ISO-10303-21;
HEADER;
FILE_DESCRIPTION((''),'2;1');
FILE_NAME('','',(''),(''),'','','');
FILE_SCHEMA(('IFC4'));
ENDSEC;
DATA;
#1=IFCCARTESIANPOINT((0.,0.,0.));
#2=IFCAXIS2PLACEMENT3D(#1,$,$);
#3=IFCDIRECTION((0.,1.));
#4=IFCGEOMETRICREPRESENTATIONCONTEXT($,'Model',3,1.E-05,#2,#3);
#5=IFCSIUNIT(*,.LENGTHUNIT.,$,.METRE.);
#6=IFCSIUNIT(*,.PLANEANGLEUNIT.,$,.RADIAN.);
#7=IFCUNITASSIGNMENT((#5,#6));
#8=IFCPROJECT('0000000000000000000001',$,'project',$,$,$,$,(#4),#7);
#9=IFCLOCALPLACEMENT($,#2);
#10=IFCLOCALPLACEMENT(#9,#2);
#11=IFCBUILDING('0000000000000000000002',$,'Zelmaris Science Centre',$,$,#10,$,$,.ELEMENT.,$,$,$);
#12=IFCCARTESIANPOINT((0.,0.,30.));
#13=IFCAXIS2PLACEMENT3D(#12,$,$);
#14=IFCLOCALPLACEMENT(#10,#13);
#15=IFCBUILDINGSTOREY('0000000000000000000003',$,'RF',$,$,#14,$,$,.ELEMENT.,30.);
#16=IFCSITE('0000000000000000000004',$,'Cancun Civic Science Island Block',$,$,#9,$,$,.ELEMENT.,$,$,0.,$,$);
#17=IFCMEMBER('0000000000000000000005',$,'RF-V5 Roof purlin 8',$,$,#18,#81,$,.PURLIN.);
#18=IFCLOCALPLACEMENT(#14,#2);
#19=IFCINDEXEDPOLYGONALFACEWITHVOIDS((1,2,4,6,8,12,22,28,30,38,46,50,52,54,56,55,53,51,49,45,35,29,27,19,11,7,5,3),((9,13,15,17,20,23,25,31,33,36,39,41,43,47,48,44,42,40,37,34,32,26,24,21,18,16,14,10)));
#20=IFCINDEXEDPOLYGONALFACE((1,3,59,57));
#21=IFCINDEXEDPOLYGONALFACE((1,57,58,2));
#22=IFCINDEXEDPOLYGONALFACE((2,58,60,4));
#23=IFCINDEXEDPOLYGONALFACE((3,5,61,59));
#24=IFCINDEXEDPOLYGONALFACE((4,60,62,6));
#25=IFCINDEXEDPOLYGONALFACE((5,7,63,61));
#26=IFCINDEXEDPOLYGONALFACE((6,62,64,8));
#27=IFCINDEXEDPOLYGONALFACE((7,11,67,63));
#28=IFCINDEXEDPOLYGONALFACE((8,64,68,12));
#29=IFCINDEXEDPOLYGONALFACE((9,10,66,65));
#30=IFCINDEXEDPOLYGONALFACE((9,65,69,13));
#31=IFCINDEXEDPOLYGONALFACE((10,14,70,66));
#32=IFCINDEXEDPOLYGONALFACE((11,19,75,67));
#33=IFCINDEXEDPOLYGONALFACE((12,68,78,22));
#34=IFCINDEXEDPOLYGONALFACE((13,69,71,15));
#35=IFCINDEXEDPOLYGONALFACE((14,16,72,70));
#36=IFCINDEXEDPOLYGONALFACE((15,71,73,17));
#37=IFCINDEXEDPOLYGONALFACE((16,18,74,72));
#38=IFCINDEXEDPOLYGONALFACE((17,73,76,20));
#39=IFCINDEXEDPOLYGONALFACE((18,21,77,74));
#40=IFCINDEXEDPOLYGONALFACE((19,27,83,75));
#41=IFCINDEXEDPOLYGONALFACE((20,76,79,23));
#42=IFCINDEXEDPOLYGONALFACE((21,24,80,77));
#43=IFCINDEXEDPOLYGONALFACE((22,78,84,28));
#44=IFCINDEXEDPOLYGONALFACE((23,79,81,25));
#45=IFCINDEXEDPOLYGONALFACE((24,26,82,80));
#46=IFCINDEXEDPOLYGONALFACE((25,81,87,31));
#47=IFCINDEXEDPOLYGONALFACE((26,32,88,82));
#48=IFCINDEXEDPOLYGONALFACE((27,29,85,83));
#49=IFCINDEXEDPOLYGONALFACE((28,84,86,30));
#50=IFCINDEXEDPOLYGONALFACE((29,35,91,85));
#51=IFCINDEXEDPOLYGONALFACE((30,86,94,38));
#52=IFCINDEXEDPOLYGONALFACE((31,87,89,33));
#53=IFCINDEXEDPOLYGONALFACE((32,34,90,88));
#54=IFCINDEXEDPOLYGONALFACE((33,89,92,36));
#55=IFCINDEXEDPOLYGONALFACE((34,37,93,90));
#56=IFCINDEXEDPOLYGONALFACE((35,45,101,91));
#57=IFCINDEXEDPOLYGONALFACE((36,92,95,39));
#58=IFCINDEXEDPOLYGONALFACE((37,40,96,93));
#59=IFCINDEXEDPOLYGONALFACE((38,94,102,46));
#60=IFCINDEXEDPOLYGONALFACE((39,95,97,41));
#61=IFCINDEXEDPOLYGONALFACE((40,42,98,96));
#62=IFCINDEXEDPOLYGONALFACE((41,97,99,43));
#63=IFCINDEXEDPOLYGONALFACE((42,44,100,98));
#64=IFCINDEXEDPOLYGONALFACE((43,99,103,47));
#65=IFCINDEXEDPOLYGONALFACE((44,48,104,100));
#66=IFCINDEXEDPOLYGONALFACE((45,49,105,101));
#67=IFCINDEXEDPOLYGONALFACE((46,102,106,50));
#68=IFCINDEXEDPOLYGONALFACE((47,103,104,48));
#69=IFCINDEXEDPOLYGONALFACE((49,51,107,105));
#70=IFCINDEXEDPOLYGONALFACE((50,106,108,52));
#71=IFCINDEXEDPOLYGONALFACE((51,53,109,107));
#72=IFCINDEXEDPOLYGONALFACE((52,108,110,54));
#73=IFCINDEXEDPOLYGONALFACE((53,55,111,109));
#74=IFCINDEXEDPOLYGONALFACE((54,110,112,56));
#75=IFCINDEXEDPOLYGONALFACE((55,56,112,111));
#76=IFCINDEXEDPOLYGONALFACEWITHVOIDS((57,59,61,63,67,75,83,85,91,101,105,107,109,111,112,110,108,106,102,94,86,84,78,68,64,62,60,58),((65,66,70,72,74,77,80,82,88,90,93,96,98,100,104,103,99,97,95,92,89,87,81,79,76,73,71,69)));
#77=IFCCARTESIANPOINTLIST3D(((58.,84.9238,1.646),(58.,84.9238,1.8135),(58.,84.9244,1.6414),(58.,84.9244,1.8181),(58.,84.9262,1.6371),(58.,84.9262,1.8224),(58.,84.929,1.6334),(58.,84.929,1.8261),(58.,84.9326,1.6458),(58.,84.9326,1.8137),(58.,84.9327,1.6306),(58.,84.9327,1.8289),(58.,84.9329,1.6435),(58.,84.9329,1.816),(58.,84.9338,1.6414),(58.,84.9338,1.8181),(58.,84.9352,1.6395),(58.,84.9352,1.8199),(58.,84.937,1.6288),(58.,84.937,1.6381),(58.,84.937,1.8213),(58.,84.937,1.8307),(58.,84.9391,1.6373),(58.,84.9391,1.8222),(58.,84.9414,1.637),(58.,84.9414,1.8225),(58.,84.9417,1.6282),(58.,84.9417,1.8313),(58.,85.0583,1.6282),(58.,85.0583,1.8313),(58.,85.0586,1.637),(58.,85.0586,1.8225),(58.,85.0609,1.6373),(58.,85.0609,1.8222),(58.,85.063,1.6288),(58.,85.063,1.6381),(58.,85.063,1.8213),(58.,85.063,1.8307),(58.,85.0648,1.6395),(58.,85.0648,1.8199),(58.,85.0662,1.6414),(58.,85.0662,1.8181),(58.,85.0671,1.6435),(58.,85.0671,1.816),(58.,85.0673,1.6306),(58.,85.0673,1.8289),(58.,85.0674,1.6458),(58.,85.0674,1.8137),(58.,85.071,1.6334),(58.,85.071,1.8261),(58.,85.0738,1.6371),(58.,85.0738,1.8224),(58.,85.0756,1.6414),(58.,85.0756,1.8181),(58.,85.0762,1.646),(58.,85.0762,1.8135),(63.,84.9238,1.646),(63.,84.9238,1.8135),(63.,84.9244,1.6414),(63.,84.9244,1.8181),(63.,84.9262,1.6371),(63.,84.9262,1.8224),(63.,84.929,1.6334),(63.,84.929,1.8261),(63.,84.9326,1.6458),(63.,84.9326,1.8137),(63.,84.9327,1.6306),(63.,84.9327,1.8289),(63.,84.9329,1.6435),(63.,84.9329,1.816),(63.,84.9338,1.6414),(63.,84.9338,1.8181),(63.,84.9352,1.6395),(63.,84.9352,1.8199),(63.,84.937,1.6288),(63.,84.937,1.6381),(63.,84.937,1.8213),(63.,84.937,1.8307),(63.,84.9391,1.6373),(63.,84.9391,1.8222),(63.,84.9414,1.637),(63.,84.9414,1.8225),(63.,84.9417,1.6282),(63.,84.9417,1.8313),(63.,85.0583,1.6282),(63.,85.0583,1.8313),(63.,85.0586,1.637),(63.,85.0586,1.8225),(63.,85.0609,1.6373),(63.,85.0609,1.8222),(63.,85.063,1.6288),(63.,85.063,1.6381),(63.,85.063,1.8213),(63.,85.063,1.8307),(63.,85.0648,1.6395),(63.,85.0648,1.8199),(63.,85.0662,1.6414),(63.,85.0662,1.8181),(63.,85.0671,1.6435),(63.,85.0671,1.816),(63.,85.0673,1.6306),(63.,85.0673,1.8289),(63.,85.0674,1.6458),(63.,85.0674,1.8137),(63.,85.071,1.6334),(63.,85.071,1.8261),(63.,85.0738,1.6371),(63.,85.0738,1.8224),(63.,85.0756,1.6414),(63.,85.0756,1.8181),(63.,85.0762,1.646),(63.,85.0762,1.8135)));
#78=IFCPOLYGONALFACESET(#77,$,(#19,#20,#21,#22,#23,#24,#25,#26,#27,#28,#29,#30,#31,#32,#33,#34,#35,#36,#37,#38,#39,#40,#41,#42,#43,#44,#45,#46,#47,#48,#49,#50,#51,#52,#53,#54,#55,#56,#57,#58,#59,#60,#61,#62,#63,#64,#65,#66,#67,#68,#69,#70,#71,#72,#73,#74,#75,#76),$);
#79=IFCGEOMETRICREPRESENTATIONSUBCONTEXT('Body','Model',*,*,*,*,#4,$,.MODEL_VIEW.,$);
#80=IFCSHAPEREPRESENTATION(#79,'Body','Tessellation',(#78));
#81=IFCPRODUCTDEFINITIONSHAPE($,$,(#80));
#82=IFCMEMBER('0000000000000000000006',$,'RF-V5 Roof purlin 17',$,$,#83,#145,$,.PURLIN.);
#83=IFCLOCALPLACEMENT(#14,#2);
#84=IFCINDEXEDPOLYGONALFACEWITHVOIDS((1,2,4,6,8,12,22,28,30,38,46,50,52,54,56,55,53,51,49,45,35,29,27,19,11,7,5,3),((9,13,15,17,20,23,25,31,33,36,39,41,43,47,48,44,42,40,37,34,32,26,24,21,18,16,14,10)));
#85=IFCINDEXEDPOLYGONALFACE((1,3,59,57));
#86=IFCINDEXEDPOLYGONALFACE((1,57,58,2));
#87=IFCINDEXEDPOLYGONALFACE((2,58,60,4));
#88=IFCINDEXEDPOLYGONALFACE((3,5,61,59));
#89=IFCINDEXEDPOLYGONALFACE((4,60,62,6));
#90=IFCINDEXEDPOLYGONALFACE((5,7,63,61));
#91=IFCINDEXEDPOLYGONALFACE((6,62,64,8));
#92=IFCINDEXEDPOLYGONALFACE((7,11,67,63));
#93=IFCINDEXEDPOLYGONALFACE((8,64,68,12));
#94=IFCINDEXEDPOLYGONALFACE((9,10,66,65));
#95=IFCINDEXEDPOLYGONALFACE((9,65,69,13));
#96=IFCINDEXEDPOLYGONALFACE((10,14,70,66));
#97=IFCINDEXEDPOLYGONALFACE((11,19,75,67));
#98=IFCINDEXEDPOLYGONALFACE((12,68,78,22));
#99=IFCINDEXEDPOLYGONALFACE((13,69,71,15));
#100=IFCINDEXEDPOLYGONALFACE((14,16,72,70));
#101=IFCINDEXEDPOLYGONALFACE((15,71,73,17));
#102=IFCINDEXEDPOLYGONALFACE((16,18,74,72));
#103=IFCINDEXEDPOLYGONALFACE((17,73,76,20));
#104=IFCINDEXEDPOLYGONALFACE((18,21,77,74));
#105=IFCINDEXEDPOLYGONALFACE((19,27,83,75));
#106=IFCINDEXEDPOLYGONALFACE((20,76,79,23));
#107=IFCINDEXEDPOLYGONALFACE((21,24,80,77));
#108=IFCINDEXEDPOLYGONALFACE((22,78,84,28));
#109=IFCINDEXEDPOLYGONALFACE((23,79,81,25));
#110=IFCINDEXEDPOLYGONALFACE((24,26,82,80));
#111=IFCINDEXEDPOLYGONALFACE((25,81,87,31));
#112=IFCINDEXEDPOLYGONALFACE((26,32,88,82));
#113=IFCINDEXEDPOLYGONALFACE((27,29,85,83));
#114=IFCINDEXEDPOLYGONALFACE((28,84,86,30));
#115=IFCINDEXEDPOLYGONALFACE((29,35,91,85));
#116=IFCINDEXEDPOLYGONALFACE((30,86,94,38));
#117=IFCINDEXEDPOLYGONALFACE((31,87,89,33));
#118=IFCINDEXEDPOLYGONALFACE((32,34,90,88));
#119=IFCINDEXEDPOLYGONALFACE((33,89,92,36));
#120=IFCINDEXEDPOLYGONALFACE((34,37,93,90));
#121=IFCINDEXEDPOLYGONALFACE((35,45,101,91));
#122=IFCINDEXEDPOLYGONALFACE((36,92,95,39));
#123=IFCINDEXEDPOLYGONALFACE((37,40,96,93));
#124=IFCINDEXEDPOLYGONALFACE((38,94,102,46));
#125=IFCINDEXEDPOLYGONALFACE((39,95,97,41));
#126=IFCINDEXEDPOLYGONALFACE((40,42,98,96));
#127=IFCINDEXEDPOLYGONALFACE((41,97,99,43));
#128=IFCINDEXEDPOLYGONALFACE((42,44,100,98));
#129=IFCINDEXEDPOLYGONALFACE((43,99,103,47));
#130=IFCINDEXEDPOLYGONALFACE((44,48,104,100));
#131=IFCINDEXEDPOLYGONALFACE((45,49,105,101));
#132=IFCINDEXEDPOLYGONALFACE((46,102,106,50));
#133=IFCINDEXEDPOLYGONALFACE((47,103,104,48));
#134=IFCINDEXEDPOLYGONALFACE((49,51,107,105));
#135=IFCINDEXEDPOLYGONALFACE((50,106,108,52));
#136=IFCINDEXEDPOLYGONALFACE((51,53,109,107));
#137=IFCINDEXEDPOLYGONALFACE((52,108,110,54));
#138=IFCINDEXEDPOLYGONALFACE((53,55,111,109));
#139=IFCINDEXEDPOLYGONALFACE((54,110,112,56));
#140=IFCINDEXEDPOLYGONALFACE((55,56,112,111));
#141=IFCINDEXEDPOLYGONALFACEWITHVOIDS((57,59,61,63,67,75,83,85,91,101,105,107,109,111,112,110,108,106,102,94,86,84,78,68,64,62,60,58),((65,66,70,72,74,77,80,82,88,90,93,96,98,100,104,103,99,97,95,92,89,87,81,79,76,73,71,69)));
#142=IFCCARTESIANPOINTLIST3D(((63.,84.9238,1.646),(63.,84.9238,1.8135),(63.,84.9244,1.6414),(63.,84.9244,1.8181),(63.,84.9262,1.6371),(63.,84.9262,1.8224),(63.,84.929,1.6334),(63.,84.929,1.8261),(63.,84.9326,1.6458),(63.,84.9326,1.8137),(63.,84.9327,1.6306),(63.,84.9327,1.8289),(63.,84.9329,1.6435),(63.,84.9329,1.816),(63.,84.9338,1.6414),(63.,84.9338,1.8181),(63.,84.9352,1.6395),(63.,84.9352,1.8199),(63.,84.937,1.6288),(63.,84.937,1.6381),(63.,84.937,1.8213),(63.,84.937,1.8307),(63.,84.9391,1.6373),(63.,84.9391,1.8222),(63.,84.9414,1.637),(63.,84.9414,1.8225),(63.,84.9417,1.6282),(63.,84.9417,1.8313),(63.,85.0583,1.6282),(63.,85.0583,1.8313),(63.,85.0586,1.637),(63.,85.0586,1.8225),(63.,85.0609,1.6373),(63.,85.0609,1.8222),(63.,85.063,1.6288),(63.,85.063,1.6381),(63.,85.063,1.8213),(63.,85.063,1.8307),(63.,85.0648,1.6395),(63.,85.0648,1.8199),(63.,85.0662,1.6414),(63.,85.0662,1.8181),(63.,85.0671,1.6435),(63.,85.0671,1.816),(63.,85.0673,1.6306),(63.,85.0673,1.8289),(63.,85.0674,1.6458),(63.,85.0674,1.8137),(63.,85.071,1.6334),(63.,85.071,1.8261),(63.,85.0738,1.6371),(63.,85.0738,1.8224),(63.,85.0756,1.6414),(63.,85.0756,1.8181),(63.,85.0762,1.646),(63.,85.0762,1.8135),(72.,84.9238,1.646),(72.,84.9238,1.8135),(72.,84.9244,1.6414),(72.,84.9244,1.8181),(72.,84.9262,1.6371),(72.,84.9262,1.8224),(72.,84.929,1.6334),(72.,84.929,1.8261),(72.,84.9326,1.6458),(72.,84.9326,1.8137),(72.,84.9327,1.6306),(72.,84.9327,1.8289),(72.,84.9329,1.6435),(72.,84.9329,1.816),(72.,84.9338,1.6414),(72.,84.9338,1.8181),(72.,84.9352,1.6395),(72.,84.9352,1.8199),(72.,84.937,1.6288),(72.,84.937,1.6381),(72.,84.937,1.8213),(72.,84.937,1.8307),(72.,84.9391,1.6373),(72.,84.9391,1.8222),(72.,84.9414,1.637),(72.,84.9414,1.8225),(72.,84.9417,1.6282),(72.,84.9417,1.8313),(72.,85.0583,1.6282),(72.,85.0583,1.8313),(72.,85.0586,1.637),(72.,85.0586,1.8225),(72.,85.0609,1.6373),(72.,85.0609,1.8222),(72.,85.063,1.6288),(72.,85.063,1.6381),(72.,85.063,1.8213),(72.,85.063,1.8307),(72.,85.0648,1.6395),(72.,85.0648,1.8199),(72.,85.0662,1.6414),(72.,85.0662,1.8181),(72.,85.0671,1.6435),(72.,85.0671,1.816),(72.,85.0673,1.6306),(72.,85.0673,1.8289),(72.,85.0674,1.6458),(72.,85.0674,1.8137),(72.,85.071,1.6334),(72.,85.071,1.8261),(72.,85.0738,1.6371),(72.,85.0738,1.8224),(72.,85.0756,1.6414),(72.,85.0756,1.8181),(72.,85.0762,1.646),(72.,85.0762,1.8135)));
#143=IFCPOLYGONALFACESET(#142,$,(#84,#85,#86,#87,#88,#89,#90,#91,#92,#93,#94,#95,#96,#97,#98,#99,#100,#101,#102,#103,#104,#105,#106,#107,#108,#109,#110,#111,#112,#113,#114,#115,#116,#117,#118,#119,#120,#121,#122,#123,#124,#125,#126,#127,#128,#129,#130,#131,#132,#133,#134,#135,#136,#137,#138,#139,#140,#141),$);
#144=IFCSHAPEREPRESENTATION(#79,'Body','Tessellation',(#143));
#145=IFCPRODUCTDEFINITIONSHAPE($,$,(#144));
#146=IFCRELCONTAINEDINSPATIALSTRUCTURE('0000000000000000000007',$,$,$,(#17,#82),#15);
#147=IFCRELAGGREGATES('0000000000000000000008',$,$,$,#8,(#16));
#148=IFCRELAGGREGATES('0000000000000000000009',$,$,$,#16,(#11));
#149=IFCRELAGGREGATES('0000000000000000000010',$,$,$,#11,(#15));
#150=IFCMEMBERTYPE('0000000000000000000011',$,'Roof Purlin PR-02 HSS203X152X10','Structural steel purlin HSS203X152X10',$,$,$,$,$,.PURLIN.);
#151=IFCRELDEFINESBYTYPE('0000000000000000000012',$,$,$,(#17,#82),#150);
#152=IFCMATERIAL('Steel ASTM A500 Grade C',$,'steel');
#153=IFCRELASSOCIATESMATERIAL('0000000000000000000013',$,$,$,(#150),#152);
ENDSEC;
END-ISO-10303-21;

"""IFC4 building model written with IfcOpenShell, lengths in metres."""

from ifc_helpers import new_model, si_unit, direction, frame, origin, origin_2d, place, context, subcontext, project, spatial, hollow_rectangle, extrude, material, material_profile, profile_set, type_object, element, save


model = new_model("IFC4")

# Units and contexts
model_context = context("Model", 3, precision=1e-05, world=origin(), true_north=direction((0.0, 1.0)))
body_context = subcontext(model_context, "Body", "Model", "MODEL_VIEW")
ifc_project = project(units=[si_unit("LENGTHUNIT", "METRE"), si_unit("PLANEANGLEUNIT", "RADIAN")], contexts=[model_context])

# Site, building, storey
site_placement = place(None, origin())
site = spatial("IfcSite", under=ifc_project, at=site_placement, Name="Cancun Civic Science Island Block", CompositionType="ELEMENT", RefElevation=0.0)
building_placement = place(site_placement, origin())
building = spatial("IfcBuilding", under=site, at=building_placement, Name="Zelmaris Science Centre", CompositionType="ELEMENT")
storey_placement = place(building_placement, frame((0.0, 0.0, 30.0)))
storey = spatial("IfcBuildingStorey", under=building, at=storey_placement, Name="RF", CompositionType="ELEMENT", Elevation=30.0)

# Shared definitions
ifc_material = material(Name="Steel ASTM A500 Grade C", Category="steel")

# Members
ifc_material_profile_1 = material_profile(ifc_material, hollow_rectangle(XDim=0.1523, YDim=0.2031, WallThickness=0.0088, InnerFilletRadius=0.0088, OuterFilletRadius=0.0178, at=origin_2d()), Name="HSS203X152X10")
ifc_profile_set_1 = profile_set([ifc_material_profile_1], Name="Steel ASTM A500 Grade C")
member_type_1 = type_object("IfcMemberType", Name="Roof Purlin PR-02 HSS203X152X10", Description="Structural steel purlin HSS203X152X10", PredefinedType="PURLIN", material=ifc_profile_set_1)
member_1_placement = place(storey_placement, frame((58.0, 85.0, 1.7297), z_axis=(1.0, 0.0, 0.0), x_axis=(0.0, 1.0, 0.0)))
element("IfcMember", 1, at=member_1_placement, inside=storey, type_object=member_type_1, Name="RF-V5 Roof purlin 8", PredefinedType="PURLIN", context=body_context, shape_type="SweptSolid", body=[
    extrude(hollow_rectangle(XDim=0.1523, YDim=0.2031, WallThickness=0.0088, InnerFilletRadius=0.0088, OuterFilletRadius=0.0178, at=origin_2d()), origin(), (0.0, 0.0, 1.0), 5.0),
])
member_2_placement = place(storey_placement, frame((63.0, 85.0, 1.7297), z_axis=(1.0, 0.0, 0.0), x_axis=(0.0, 1.0, 0.0)))
element("IfcMember", 2, at=member_2_placement, inside=storey, type_object=member_type_1, Name="RF-V5 Roof purlin 17", PredefinedType="PURLIN", context=body_context, shape_type="SweptSolid", body=[
    extrude(hollow_rectangle(XDim=0.1523, YDim=0.2031, WallThickness=0.0088, InnerFilletRadius=0.0088, OuterFilletRadius=0.0178, at=origin_2d()), origin(), (0.0, 0.0, 1.0), 9.0),
])

save(model, "model.ifc")
